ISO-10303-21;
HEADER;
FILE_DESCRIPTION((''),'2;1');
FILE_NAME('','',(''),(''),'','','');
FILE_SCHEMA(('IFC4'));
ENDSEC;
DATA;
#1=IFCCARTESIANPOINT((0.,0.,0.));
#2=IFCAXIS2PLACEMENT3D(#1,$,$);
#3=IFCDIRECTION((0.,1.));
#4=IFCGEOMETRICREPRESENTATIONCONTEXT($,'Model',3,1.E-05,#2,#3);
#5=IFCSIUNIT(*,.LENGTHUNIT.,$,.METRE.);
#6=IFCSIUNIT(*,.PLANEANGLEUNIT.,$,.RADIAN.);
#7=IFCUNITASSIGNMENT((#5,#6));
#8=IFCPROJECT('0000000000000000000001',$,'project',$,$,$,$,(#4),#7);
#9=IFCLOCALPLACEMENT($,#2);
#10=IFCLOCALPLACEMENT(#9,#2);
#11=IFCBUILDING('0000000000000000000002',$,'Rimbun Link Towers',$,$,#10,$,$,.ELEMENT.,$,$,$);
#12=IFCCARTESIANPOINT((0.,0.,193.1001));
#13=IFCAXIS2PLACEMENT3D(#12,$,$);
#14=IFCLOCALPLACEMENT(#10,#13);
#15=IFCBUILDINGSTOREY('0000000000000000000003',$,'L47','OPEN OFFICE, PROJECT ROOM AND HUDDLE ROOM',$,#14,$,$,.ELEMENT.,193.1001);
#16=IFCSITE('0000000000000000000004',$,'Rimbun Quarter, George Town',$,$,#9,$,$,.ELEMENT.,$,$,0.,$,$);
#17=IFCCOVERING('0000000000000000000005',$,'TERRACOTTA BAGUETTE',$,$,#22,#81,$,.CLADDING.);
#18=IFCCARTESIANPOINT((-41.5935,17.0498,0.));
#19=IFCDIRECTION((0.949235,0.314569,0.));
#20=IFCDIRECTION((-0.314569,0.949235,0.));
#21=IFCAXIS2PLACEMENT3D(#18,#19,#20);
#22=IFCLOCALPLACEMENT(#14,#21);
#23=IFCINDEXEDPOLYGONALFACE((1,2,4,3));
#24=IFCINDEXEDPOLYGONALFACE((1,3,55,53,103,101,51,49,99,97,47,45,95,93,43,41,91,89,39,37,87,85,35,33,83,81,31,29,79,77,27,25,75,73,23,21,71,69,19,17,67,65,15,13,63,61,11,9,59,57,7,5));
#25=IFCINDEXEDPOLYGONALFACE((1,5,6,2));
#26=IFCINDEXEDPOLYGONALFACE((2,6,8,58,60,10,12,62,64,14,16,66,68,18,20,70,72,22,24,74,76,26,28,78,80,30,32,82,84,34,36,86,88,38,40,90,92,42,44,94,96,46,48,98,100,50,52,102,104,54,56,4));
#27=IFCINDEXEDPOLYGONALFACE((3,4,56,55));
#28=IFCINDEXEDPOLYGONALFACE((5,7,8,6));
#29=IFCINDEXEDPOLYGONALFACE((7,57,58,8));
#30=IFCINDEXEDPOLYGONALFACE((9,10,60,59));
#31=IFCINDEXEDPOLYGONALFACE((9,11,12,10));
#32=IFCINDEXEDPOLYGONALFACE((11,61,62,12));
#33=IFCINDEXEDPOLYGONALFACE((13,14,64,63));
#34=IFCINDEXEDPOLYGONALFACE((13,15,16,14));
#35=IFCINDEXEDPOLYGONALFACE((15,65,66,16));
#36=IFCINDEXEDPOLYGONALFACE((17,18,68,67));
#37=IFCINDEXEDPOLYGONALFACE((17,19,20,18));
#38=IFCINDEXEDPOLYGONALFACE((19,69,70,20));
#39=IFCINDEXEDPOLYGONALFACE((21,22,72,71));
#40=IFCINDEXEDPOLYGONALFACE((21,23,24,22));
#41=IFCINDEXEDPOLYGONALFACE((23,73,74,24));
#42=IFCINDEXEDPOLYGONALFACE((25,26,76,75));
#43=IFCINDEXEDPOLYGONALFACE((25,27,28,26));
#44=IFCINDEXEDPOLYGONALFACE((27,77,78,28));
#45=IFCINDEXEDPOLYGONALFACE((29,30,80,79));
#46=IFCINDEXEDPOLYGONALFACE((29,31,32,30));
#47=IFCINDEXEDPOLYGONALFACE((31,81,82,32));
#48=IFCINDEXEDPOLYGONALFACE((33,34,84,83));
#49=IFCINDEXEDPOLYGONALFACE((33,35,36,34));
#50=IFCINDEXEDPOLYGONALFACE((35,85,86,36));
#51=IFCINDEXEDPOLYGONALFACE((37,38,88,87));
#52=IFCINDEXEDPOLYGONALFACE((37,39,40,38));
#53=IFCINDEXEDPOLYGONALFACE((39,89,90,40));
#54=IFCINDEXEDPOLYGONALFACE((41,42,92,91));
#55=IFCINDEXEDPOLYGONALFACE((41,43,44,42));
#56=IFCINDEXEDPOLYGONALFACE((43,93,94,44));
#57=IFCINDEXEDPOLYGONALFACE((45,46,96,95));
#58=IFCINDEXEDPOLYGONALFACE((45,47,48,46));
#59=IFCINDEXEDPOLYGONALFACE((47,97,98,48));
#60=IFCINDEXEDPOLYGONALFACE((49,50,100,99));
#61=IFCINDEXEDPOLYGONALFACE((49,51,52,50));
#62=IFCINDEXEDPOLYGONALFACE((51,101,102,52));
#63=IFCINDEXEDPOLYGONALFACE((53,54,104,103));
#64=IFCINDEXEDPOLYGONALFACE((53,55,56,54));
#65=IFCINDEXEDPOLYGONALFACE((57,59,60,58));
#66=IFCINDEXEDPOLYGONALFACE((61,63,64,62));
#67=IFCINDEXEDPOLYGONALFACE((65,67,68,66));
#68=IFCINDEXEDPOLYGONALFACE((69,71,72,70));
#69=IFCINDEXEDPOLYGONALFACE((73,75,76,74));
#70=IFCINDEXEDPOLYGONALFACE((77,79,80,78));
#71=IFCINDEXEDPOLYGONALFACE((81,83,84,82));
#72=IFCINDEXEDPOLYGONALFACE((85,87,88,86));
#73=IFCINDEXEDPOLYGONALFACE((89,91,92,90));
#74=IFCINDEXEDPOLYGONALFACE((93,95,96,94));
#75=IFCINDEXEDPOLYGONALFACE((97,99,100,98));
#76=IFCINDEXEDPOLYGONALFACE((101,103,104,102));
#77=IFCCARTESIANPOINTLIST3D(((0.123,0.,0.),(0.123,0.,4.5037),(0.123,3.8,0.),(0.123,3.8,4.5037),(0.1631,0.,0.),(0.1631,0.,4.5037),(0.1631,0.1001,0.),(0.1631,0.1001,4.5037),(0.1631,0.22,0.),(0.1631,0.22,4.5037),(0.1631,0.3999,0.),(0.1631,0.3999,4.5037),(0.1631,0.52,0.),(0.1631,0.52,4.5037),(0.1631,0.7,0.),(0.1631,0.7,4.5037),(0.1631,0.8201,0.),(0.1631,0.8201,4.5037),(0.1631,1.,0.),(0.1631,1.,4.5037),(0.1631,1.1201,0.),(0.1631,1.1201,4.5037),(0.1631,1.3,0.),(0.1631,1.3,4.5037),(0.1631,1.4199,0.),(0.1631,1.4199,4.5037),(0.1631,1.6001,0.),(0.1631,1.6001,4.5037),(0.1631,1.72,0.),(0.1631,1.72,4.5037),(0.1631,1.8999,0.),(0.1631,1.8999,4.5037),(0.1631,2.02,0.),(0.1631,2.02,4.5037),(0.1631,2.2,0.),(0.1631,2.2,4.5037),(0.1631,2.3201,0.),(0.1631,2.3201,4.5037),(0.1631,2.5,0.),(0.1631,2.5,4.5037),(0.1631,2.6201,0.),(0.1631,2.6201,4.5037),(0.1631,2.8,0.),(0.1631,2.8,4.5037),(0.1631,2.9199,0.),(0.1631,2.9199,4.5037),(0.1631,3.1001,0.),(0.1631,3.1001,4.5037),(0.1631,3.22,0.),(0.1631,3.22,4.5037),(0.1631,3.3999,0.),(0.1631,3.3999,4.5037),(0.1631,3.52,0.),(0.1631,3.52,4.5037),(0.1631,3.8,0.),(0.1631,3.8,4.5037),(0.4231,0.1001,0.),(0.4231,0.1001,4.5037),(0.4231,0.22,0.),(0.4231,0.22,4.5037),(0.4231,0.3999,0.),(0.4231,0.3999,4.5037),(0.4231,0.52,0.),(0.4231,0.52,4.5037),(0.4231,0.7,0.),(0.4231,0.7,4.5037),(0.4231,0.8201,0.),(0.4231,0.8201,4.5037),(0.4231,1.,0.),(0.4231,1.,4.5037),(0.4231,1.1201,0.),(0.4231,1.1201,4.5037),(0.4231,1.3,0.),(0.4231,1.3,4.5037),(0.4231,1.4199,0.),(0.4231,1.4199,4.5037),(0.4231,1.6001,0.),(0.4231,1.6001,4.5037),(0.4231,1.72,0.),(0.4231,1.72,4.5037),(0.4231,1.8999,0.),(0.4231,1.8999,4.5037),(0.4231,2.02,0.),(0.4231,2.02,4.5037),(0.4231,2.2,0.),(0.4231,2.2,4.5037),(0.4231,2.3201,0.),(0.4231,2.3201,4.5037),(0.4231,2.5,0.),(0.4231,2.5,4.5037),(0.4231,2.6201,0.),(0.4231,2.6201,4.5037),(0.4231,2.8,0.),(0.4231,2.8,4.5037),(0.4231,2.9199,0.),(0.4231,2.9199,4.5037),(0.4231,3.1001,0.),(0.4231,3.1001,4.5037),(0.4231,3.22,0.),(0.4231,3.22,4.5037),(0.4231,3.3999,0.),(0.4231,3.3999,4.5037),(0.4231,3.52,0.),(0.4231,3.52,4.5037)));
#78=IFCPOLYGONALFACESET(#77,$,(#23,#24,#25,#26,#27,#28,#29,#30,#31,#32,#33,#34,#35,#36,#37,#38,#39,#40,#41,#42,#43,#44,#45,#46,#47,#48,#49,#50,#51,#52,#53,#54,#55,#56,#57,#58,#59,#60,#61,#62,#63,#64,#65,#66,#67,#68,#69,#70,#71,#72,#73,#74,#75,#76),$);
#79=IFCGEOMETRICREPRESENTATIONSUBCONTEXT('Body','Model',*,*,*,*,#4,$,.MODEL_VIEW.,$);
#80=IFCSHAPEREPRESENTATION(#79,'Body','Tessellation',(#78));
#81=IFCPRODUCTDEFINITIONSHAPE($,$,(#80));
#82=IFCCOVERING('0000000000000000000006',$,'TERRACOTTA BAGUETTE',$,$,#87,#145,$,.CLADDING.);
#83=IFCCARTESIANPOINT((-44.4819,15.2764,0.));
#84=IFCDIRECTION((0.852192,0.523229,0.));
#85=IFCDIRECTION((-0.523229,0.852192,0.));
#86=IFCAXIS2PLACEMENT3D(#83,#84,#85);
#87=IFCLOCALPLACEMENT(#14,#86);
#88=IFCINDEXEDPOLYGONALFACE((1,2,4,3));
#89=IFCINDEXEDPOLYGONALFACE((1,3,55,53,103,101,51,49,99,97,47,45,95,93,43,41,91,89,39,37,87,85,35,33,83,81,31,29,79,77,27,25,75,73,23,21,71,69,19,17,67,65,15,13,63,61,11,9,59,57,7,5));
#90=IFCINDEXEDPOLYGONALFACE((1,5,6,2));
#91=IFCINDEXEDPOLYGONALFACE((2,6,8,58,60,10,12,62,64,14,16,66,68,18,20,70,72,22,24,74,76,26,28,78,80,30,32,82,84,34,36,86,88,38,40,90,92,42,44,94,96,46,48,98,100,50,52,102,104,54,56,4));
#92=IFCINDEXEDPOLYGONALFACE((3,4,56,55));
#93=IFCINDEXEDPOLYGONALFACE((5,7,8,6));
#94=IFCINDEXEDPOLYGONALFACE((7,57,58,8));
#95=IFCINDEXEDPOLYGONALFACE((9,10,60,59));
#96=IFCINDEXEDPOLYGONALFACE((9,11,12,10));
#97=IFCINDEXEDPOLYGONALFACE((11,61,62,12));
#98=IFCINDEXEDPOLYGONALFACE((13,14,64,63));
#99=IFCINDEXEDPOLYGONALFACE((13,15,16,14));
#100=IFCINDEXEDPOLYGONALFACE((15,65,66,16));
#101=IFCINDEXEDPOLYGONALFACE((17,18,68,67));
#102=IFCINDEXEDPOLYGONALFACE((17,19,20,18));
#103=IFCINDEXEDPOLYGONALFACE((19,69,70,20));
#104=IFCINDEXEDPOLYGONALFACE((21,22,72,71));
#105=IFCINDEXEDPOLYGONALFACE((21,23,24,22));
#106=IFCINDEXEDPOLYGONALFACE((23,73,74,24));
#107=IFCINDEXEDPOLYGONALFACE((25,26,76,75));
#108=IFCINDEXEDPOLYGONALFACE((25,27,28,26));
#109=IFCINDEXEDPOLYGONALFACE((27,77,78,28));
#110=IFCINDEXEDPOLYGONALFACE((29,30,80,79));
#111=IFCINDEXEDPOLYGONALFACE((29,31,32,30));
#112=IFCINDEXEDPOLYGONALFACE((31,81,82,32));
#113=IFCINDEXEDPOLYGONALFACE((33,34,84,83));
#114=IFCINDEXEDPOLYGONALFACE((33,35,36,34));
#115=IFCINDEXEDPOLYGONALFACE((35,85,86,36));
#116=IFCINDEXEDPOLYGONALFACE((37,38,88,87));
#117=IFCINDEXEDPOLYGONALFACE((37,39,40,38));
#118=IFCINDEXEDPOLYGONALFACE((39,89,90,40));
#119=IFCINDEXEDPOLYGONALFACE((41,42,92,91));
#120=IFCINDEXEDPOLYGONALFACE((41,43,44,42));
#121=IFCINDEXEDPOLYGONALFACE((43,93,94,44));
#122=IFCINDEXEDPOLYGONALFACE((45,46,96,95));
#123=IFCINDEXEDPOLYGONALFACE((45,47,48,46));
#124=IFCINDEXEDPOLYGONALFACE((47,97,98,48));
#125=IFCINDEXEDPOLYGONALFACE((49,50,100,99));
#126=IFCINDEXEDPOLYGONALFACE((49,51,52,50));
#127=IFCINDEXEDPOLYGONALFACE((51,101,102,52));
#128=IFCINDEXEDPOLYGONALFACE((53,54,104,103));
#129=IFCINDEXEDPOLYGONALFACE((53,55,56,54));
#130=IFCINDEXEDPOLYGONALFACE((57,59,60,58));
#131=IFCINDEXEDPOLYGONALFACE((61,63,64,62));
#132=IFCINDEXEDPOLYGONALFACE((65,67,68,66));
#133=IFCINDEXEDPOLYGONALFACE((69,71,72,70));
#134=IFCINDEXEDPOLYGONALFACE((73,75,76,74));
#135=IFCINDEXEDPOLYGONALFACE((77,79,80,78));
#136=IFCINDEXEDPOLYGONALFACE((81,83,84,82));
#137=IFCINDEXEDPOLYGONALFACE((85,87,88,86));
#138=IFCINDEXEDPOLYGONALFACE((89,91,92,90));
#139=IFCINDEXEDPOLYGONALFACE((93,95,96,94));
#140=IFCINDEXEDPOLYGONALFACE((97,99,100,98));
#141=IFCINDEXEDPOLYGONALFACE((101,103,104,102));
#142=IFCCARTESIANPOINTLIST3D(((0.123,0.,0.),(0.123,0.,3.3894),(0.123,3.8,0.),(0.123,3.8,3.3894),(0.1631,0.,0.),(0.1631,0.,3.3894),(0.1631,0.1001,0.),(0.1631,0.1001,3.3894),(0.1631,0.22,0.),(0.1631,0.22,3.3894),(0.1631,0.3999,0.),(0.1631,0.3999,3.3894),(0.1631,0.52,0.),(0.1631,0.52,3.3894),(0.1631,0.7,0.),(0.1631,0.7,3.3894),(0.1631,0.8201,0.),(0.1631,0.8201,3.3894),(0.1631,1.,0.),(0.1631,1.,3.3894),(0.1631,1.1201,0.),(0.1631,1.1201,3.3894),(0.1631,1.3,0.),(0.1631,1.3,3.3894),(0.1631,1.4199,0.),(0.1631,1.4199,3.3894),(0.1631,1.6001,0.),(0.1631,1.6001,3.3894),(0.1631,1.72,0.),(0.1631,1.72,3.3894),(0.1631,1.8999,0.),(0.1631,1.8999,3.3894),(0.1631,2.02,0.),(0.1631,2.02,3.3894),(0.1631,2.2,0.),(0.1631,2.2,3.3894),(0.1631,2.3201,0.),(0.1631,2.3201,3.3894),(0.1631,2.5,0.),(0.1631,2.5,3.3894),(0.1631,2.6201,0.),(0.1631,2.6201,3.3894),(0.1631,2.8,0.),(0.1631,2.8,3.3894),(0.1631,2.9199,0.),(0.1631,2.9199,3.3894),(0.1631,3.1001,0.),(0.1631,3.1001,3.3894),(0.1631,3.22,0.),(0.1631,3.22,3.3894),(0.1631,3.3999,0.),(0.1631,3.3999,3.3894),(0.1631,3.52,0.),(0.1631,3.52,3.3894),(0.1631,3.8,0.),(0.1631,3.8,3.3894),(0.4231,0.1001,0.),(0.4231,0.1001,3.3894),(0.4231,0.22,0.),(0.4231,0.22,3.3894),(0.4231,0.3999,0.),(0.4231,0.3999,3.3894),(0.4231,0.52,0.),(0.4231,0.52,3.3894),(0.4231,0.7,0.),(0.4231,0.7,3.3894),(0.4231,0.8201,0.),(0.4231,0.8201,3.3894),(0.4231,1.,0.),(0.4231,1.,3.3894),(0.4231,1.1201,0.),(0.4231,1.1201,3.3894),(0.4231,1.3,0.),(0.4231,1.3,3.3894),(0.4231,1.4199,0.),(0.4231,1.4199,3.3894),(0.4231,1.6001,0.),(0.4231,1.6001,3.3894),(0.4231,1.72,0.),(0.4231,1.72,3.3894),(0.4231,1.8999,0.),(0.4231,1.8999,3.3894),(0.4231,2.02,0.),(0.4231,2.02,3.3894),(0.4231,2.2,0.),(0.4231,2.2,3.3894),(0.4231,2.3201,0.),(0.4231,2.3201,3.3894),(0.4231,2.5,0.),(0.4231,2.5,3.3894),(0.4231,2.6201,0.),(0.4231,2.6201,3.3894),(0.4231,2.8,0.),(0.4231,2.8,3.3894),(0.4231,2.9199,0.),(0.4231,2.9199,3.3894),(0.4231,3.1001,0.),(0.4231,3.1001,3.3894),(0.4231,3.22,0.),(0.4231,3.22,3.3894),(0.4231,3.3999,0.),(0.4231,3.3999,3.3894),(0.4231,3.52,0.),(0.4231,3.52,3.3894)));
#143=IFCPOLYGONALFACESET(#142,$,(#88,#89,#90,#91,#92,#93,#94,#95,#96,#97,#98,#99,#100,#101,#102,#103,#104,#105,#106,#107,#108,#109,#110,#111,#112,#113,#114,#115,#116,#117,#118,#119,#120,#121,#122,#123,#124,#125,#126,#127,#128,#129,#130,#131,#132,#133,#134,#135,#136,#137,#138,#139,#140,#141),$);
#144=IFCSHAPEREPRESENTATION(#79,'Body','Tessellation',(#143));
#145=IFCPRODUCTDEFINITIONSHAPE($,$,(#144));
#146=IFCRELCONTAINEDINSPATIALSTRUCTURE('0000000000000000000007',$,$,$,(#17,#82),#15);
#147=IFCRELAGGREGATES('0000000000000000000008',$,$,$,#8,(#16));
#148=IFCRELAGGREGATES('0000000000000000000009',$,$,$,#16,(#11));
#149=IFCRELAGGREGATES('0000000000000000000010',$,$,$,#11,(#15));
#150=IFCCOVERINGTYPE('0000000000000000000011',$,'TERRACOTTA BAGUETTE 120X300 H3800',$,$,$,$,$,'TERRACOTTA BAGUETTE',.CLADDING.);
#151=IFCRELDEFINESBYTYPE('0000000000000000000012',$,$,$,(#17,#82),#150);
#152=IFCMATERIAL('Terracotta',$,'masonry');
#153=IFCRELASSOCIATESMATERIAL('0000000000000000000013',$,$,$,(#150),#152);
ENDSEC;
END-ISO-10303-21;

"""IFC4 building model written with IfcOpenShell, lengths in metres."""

from ifc_helpers import new_model, si_unit, direction, frame, origin, place, context, subcontext, project, spatial, polyline, outline, extrude, material, material_profile, profile_set, type_object, element, save


model = new_model("IFC4")

# Units and contexts
model_context = context("Model", 3, precision=1e-05, world=origin(), true_north=direction((0.0, 1.0)))
body_context = subcontext(model_context, "Body", "Model", "MODEL_VIEW")
ifc_project = project(units=[si_unit("LENGTHUNIT", "METRE"), si_unit("PLANEANGLEUNIT", "RADIAN")], contexts=[model_context])

# Site, building, storey
site_placement = place(None, origin())
site = spatial("IfcSite", under=ifc_project, at=site_placement, Name="Rimbun Quarter, George Town", CompositionType="ELEMENT", RefElevation=0.0)
building_placement = place(site_placement, origin())
building = spatial("IfcBuilding", under=site, at=building_placement, Name="Rimbun Link Towers", CompositionType="ELEMENT")
storey_placement = place(building_placement, frame((0.0, 0.0, 193.1001)))
storey = spatial("IfcBuildingStorey", under=building, at=storey_placement, Name="L47", Description="OPEN OFFICE, PROJECT ROOM AND HUDDLE ROOM", CompositionType="ELEMENT", Elevation=193.1001)

# Coverings
ifc_material_1 = material(Name="Terracotta", Category="masonry")
ifc_material_profile_1 = material_profile(ifc_material_1, outline(polyline([(0.123, 0.0), (0.1631, 0.0), (0.1631, 0.1001), (0.4231, 0.1001), (0.4231, 0.22), (0.1631, 0.22), (0.1631, 0.3999), (0.4231, 0.3999), (0.4231, 0.52), (0.1631, 0.52), (0.1631, 0.7), (0.4231, 0.7), (0.4231, 0.8201), (0.1631, 0.8201), (0.1631, 1.0), (0.4231, 1.0), (0.4231, 1.1201), (0.1631, 1.1201), (0.1631, 1.3), (0.4231, 1.3), (0.4231, 1.4199), (0.1631, 1.4199), (0.1631, 1.6001), (0.4231, 1.6001), (0.4231, 1.72), (0.1631, 1.72), (0.1631, 1.8999), (0.4231, 1.8999), (0.4231, 2.02), (0.1631, 2.02), (0.1631, 2.2), (0.4231, 2.2), (0.4231, 2.3201), (0.1631, 2.3201), (0.1631, 2.5), (0.4231, 2.5), (0.4231, 2.6201), (0.1631, 2.6201), (0.1631, 2.8), (0.4231, 2.8), (0.4231, 2.9199), (0.1631, 2.9199), (0.1631, 3.1001), (0.4231, 3.1001), (0.4231, 3.22), (0.1631, 3.22), (0.1631, 3.3999), (0.4231, 3.3999), (0.4231, 3.52), (0.1631, 3.52), (0.1631, 3.8), (0.123, 3.8), (0.123, 0.0)])), Name="BAGUETTE 120X300")
ifc_profile_set_1 = profile_set([ifc_material_profile_1], Name="Terracotta")
covering_type = type_object("IfcCoveringType", Name="TERRACOTTA BAGUETTE 120X300 H3800", ElementType="TERRACOTTA BAGUETTE", PredefinedType="CLADDING", material=ifc_profile_set_1)
covering_1_placement = place(storey_placement, frame((-41.5935, 17.0498, 0.0), z_axis=(0.949235, 0.314569, 0.0), x_axis=(-0.314569, 0.949235, 0.0)))
element("IfcCovering", 1, at=covering_1_placement, inside=storey, type_object=covering_type, Name="TERRACOTTA BAGUETTE", PredefinedType="CLADDING", context=body_context, shape_type="SweptSolid", body=[
    extrude(outline(polyline([(0.123, 0.0), (0.1631, 0.0), (0.1631, 0.1001), (0.4231, 0.1001), (0.4231, 0.22), (0.1631, 0.22), (0.1631, 0.3999), (0.4231, 0.3999), (0.4231, 0.52), (0.1631, 0.52), (0.1631, 0.7), (0.4231, 0.7), (0.4231, 0.8201), (0.1631, 0.8201), (0.1631, 1.0), (0.4231, 1.0), (0.4231, 1.1201), (0.1631, 1.1201), (0.1631, 1.3), (0.4231, 1.3), (0.4231, 1.4199), (0.1631, 1.4199), (0.1631, 1.6001), (0.4231, 1.6001), (0.4231, 1.72), (0.1631, 1.72), (0.1631, 1.8999), (0.4231, 1.8999), (0.4231, 2.02), (0.1631, 2.02), (0.1631, 2.2), (0.4231, 2.2), (0.4231, 2.3201), (0.1631, 2.3201), (0.1631, 2.5), (0.4231, 2.5), (0.4231, 2.6201), (0.1631, 2.6201), (0.1631, 2.8), (0.4231, 2.8), (0.4231, 2.9199), (0.1631, 2.9199), (0.1631, 3.1001), (0.4231, 3.1001), (0.4231, 3.22), (0.1631, 3.22), (0.1631, 3.3999), (0.4231, 3.3999), (0.4231, 3.52), (0.1631, 3.52), (0.1631, 3.8), (0.123, 3.8), (0.123, 0.0)])), origin(), (0.0, 0.0, 1.0), 4.5037),
])
covering_2_placement = place(storey_placement, frame((-44.4819, 15.2764, 0.0), z_axis=(0.852192, 0.523229, 0.0), x_axis=(-0.523229, 0.852192, 0.0)))
element("IfcCovering", 2, at=covering_2_placement, inside=storey, type_object=covering_type, Name="TERRACOTTA BAGUETTE", PredefinedType="CLADDING", context=body_context, shape_type="SweptSolid", body=[
    extrude(outline(polyline([(0.123, 0.0), (0.1631, 0.0), (0.1631, 0.1001), (0.4231, 0.1001), (0.4231, 0.22), (0.1631, 0.22), (0.1631, 0.3999), (0.4231, 0.3999), (0.4231, 0.52), (0.1631, 0.52), (0.1631, 0.7), (0.4231, 0.7), (0.4231, 0.8201), (0.1631, 0.8201), (0.1631, 1.0), (0.4231, 1.0), (0.4231, 1.1201), (0.1631, 1.1201), (0.1631, 1.3), (0.4231, 1.3), (0.4231, 1.4199), (0.1631, 1.4199), (0.1631, 1.6001), (0.4231, 1.6001), (0.4231, 1.72), (0.1631, 1.72), (0.1631, 1.8999), (0.4231, 1.8999), (0.4231, 2.02), (0.1631, 2.02), (0.1631, 2.2), (0.4231, 2.2), (0.4231, 2.3201), (0.1631, 2.3201), (0.1631, 2.5), (0.4231, 2.5), (0.4231, 2.6201), (0.1631, 2.6201), (0.1631, 2.8), (0.4231, 2.8), (0.4231, 2.9199), (0.1631, 2.9199), (0.1631, 3.1001), (0.4231, 3.1001), (0.4231, 3.22), (0.1631, 3.22), (0.1631, 3.3999), (0.4231, 3.3999), (0.4231, 3.52), (0.1631, 3.52), (0.1631, 3.8), (0.123, 3.8), (0.123, 0.0)])), origin(), (0.0, 0.0, 1.0), 3.3894),
])

save(model, "model.ifc")
